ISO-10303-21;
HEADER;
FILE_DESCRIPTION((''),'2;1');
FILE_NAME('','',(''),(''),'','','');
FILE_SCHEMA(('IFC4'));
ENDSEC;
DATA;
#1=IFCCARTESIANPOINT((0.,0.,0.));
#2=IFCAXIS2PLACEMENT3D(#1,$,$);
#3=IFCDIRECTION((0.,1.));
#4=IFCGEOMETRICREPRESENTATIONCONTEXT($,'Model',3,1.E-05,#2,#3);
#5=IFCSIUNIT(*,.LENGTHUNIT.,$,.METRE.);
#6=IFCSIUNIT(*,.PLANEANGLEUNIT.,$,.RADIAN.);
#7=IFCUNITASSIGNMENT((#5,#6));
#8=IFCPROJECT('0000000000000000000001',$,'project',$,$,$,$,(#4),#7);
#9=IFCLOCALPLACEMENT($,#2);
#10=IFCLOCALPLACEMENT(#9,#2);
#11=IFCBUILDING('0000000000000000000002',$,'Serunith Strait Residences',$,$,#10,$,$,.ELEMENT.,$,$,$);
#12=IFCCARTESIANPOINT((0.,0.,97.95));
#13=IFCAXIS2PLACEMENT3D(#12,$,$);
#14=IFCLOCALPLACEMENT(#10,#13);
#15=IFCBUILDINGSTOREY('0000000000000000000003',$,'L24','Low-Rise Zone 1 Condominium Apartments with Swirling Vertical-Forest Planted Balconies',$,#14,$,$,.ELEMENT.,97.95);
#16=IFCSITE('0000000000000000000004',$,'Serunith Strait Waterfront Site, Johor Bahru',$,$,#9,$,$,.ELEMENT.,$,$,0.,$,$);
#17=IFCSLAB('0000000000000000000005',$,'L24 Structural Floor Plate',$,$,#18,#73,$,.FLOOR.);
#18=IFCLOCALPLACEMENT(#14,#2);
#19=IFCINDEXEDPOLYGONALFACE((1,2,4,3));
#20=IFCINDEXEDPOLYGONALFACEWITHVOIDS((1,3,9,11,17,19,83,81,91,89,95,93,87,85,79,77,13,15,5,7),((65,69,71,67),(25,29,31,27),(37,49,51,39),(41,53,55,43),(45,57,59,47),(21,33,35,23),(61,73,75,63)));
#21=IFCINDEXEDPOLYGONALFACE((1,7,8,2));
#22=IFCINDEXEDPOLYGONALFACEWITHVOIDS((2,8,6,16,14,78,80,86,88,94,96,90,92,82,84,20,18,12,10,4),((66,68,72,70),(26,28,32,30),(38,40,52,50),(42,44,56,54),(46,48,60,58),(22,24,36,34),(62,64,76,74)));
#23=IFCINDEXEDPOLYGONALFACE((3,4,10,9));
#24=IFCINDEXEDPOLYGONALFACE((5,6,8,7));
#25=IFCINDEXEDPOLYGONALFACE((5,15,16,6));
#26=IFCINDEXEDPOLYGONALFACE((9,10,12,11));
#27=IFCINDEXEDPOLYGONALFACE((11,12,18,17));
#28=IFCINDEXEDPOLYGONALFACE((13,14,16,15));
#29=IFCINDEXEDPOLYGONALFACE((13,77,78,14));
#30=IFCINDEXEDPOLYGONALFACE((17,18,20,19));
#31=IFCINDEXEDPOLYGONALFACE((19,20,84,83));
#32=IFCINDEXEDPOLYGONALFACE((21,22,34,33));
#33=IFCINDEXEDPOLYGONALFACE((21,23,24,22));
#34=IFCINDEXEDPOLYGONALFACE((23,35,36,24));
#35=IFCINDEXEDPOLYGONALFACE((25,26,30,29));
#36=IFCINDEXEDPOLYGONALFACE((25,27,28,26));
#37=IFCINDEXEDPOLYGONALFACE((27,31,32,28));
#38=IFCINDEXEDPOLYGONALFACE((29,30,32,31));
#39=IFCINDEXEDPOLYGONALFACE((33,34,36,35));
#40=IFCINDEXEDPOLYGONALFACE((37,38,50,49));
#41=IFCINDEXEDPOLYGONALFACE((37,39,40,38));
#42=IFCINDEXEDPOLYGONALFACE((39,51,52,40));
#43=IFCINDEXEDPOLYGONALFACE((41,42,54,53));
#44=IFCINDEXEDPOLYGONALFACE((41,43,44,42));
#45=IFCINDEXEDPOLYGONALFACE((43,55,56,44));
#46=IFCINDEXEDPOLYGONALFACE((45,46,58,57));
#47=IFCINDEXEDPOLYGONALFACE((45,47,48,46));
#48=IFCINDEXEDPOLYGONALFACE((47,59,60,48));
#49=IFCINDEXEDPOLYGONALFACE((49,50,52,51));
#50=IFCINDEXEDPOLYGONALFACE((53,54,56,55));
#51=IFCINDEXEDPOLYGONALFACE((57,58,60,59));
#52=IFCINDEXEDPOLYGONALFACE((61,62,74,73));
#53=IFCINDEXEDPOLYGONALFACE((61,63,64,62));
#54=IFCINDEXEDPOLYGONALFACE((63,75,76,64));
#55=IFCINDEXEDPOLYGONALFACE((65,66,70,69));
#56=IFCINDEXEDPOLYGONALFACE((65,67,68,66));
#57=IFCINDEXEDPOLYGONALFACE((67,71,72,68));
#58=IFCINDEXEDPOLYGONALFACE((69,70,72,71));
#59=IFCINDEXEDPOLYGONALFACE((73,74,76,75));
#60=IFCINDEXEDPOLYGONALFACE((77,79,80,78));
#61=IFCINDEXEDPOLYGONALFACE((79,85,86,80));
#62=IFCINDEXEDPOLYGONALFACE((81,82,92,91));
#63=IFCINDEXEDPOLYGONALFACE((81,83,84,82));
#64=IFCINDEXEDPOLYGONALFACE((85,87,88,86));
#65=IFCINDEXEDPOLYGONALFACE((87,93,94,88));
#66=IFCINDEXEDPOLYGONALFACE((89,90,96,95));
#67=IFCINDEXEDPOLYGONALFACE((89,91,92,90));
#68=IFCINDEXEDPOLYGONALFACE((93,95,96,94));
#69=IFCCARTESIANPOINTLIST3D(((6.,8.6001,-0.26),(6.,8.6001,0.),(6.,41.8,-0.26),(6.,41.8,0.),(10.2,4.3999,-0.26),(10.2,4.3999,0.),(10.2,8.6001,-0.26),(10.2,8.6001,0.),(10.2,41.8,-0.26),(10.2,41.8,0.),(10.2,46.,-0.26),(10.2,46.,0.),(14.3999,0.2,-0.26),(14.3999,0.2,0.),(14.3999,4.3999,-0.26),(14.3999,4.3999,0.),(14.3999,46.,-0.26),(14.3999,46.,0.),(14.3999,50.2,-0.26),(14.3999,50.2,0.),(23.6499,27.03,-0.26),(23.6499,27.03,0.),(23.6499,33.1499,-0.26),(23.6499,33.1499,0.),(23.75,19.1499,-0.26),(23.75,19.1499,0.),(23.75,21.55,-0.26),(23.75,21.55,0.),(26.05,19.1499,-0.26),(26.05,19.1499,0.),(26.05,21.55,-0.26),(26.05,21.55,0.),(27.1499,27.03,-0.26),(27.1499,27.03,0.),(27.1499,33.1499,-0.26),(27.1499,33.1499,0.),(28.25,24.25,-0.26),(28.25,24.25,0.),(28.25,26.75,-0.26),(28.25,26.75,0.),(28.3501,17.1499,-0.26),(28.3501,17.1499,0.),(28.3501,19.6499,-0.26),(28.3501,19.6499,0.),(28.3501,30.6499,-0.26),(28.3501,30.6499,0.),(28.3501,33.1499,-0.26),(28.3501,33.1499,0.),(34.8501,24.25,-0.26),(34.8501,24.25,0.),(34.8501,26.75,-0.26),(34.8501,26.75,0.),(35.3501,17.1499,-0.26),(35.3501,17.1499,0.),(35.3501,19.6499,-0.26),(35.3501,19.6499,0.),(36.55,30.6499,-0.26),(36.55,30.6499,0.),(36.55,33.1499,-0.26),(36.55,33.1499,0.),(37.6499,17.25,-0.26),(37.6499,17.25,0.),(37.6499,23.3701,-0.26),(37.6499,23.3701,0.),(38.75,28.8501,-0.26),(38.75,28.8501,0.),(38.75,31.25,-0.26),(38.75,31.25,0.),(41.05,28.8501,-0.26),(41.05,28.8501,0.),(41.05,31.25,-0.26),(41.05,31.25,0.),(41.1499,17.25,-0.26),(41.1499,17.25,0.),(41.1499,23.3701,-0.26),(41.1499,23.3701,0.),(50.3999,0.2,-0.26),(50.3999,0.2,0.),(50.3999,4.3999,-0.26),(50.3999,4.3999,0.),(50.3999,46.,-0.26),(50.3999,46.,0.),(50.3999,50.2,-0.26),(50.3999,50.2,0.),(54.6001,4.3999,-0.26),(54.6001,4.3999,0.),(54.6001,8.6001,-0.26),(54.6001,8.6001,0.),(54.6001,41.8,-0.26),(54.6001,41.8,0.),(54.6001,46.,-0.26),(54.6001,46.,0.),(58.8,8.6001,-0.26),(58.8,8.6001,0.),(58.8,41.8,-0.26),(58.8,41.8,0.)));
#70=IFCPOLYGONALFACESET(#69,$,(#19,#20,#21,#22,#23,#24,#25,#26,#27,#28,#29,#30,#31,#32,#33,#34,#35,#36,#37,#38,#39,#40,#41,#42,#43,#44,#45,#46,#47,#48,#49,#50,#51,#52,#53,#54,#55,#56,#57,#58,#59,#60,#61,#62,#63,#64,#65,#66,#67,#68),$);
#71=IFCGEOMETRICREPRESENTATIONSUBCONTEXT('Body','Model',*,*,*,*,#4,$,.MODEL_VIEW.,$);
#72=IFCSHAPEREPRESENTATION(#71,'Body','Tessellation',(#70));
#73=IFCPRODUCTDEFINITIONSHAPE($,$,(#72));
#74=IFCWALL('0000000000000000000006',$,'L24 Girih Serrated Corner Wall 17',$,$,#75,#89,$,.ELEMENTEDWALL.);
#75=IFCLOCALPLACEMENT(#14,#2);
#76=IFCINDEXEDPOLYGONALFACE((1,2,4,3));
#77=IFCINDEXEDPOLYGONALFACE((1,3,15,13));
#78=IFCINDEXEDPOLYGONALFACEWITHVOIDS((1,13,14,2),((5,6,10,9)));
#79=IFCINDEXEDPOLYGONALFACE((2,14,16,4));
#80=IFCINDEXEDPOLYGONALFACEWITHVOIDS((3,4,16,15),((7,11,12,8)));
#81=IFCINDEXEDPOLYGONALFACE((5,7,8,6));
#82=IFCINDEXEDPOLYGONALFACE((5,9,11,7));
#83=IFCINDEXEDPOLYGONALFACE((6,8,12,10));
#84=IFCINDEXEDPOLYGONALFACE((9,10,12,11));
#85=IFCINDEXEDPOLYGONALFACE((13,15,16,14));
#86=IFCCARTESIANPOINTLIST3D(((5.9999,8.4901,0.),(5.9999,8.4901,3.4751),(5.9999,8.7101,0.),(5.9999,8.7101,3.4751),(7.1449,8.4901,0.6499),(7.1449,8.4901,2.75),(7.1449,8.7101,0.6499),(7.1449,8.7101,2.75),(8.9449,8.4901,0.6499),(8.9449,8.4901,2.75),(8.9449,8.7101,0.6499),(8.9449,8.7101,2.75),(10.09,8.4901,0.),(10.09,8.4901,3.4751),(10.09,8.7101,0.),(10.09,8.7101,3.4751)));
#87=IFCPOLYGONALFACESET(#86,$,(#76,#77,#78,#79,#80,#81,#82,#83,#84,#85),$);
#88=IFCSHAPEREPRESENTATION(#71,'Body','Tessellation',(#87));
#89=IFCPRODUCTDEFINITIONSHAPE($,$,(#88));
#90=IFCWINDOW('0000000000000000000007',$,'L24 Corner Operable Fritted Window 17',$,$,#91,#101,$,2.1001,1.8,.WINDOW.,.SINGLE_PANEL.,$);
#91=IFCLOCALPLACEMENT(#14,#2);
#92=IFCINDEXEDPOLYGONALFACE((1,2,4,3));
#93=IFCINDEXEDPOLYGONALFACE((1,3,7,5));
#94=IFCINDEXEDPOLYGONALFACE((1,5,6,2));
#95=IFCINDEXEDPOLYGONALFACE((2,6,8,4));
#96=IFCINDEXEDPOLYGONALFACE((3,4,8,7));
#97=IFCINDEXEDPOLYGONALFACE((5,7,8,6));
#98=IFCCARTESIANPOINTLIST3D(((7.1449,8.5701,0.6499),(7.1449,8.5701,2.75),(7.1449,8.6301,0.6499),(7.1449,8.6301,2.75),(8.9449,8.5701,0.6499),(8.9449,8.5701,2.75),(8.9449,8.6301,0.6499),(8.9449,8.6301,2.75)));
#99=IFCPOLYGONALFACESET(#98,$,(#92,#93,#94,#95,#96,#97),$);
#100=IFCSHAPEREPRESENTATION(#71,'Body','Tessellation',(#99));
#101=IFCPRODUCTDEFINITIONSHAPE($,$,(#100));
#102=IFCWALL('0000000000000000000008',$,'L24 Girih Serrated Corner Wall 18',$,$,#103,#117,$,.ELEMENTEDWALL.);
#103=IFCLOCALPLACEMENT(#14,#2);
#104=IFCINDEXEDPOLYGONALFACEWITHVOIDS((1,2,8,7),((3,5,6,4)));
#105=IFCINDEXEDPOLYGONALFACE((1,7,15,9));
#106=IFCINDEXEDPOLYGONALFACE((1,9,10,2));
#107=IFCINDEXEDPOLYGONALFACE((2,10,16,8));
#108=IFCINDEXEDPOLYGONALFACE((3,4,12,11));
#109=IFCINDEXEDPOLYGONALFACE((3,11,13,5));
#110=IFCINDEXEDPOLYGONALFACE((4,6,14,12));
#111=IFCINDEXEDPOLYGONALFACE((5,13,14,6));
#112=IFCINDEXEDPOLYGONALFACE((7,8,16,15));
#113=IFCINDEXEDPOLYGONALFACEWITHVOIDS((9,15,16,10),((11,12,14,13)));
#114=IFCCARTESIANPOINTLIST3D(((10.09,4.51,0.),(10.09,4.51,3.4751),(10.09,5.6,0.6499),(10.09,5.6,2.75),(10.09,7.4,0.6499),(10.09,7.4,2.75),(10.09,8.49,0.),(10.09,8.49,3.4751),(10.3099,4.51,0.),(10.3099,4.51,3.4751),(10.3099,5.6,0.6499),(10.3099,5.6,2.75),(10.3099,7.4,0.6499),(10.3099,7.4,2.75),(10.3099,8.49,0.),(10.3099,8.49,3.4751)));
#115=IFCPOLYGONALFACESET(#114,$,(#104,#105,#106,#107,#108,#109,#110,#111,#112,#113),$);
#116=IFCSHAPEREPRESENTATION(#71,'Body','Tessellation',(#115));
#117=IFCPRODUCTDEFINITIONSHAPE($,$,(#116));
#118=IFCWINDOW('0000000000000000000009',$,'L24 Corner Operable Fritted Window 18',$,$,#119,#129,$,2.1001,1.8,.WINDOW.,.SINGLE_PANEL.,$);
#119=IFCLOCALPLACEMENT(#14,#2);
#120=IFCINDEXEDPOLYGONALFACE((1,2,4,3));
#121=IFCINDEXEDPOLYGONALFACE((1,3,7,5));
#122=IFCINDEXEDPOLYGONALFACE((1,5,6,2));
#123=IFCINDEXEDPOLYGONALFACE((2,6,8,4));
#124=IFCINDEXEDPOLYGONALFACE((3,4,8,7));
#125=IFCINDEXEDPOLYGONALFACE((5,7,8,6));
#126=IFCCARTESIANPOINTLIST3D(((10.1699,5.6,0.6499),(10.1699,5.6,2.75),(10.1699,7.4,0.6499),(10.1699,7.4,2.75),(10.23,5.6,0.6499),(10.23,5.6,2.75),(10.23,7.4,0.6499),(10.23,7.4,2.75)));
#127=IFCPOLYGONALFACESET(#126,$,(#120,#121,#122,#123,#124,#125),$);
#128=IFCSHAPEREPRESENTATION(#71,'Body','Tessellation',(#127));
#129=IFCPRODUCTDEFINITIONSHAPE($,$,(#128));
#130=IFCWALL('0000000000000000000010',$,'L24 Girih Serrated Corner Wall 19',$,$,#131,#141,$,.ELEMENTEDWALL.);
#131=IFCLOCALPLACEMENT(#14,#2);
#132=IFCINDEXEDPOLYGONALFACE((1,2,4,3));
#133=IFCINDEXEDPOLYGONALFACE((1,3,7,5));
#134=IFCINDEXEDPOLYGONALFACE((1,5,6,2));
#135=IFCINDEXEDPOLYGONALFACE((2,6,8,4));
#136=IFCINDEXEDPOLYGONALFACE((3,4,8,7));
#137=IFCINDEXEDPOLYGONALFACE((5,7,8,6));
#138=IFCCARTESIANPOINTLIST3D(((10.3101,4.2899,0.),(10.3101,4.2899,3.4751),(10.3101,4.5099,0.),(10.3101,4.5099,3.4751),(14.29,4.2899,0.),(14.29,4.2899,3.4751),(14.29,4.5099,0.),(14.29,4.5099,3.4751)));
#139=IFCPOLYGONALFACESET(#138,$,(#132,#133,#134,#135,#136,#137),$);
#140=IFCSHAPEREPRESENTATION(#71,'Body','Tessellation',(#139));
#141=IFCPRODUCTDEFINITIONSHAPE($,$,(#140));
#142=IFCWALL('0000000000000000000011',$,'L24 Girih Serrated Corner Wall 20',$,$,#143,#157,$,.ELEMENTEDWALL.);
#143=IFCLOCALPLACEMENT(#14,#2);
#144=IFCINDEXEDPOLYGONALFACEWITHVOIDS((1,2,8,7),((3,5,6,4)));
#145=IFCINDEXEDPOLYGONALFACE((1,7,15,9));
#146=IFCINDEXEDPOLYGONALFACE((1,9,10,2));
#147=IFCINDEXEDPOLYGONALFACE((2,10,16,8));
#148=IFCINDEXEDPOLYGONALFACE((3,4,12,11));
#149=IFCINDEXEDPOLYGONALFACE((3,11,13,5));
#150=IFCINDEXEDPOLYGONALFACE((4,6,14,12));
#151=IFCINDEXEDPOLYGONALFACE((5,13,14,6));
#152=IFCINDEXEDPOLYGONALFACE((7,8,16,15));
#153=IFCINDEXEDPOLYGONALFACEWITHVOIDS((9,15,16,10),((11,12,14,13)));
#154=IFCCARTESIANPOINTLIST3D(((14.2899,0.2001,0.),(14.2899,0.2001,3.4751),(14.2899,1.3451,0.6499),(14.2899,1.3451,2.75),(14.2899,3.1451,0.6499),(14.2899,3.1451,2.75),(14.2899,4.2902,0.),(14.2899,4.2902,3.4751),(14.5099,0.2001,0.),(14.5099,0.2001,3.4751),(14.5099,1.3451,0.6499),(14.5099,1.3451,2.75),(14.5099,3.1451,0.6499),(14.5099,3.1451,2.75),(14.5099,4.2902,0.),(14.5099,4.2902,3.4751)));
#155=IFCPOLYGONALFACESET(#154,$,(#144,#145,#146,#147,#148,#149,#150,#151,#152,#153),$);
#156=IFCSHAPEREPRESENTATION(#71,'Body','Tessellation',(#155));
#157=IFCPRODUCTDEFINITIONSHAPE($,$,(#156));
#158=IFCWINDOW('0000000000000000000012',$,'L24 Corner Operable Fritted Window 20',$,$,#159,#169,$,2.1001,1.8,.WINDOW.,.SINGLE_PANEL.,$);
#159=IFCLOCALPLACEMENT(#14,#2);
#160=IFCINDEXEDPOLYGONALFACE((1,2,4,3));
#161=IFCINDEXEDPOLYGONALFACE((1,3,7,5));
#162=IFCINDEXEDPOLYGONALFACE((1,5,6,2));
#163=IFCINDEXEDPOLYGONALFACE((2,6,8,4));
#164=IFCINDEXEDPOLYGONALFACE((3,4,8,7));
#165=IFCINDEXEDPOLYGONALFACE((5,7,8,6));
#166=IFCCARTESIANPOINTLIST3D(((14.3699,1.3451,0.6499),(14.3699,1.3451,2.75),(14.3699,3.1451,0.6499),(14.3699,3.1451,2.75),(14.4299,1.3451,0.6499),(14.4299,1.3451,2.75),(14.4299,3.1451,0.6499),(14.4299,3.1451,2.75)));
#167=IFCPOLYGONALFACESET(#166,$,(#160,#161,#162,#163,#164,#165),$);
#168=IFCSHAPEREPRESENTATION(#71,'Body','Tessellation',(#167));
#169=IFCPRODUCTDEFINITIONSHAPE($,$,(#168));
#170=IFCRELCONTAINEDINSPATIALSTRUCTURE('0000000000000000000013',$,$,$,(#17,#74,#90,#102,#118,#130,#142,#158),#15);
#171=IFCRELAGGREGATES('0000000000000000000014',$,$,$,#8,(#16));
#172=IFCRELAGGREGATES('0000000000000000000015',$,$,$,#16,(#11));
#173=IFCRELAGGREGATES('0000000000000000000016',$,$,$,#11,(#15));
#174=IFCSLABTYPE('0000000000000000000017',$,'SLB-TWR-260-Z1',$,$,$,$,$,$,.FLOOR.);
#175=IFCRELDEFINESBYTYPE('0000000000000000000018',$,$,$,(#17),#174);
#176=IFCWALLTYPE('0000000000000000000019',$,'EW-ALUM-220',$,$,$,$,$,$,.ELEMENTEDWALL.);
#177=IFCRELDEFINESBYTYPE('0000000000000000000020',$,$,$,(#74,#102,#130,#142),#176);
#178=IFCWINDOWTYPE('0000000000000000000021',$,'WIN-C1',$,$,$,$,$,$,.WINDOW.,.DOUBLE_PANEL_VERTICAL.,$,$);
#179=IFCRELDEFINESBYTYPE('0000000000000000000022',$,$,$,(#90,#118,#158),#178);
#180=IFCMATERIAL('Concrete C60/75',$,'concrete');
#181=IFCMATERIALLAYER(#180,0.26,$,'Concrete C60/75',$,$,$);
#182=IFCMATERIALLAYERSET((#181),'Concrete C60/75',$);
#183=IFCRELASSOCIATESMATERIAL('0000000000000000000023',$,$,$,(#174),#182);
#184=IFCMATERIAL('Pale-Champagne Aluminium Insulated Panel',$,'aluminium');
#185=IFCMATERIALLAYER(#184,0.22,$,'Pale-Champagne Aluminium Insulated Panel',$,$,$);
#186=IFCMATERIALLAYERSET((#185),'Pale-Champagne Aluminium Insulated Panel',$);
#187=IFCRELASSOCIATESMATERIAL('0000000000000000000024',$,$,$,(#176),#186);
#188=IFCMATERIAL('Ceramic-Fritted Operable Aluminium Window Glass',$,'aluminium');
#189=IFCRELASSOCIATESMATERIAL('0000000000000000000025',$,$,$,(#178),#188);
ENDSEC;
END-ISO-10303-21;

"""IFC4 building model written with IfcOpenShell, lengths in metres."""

from ifc_helpers import new_model, si_unit, direction, frame, frame_2d, origin, place, context, subcontext, project, spatial, polyline, rectangle, outline, extrude, source, transform, mapped, material, layer, layer_set, type_object, element, fill, save


model = new_model("IFC4")

# Units and contexts
model_context = context("Model", 3, precision=1e-05, world=origin(), true_north=direction((0.0, 1.0)))
body_context = subcontext(model_context, "Body", "Model", "MODEL_VIEW")
ifc_project = project(units=[si_unit("LENGTHUNIT", "METRE"), si_unit("PLANEANGLEUNIT", "RADIAN")], contexts=[model_context])

# Site, building, storey
site_placement = place(None, origin())
site = spatial("IfcSite", under=ifc_project, at=site_placement, Name="Serunith Strait Waterfront Site, Johor Bahru", CompositionType="ELEMENT", RefElevation=0.0)
building_placement = place(site_placement, origin())
building = spatial("IfcBuilding", under=site, at=building_placement, Name="Serunith Strait Residences", CompositionType="ELEMENT")
storey_placement = place(building_placement, frame((0.0, 0.0, 97.95)))
storey = spatial("IfcBuildingStorey", under=building, at=storey_placement, Name="L24", Description="Low-Rise Zone 1 Condominium Apartments with Swirling Vertical-Forest Planted Balconies", CompositionType="ELEMENT", Elevation=97.95)

# Slab
ifc_material_1 = material(Name="Concrete C60/75", Category="concrete")
ifc_layer_1 = layer(ifc_material_1, 0.26, Name="Concrete C60/75")
ifc_layer_set_1 = layer_set([ifc_layer_1], Name="Concrete C60/75")
slab_type_1 = type_object("IfcSlabType", Name="SLB-TWR-260-Z1", PredefinedType="FLOOR", material=ifc_layer_set_1)
slab_1_placement = place(storey_placement, frame((0.0, 0.0, -0.26)))
element("IfcSlab", 1, at=slab_1_placement, inside=storey, type_object=slab_type_1, Name="L24 Structural Floor Plate", PredefinedType="FLOOR", context=body_context, shape_type="SweptSolid", body=[
    extrude(outline(polyline([(14.3999, 4.3999), (10.2, 4.3999), (10.2, 8.6001), (6.0, 8.6001), (6.0, 41.8), (10.2, 41.8), (10.2, 46.0), (14.3999, 46.0), (14.3999, 50.2), (50.3999, 50.2), (50.3999, 46.0), (54.6001, 46.0), (54.6001, 41.8), (58.8, 41.8), (58.8, 8.6001), (54.6001, 8.6001), (54.6001, 4.3999), (50.3999, 4.3999), (50.3999, 0.2), (14.3999, 0.2), (14.3999, 4.3999)]), holes=[polyline([(41.1499, 17.25), (41.1499, 23.3701), (37.6499, 23.3701), (37.6499, 17.25), (41.1499, 17.25)]), polyline([(41.05, 31.25), (38.75, 31.25), (38.75, 28.8501), (41.05, 28.8501), (41.05, 31.25)]), polyline([(36.55, 33.1499), (28.3501, 33.1499), (28.3501, 30.6499), (36.55, 30.6499), (36.55, 33.1499)]), polyline([(28.3501, 19.6499), (28.3501, 17.1499), (35.3501, 17.1499), (35.3501, 19.6499), (28.3501, 19.6499)]), polyline([(34.8501, 26.75), (28.25, 26.75), (28.25, 24.25), (34.8501, 24.25), (34.8501, 26.75)]), polyline([(23.6499, 33.1499), (23.6499, 27.03), (27.1499, 27.03), (27.1499, 33.1499), (23.6499, 33.1499)]), polyline([(26.05, 21.55), (23.75, 21.55), (23.75, 19.1499), (26.05, 19.1499), (26.05, 21.55)])]), origin(), (0.0, 0.0, 1.0), 0.26),
])

# Walls, openings, windows
ifc_material_2 = material(Name="Pale-Champagne Aluminium Insulated Panel", Category="aluminium")
ifc_layer_2 = layer(ifc_material_2, 0.22, Name="Pale-Champagne Aluminium Insulated Panel")
ifc_layer_set_2 = layer_set([ifc_layer_2], Name="Pale-Champagne Aluminium Insulated Panel")
wall_type_1 = type_object("IfcWallType", Name="EW-ALUM-220", PredefinedType="ELEMENTEDWALL", material=ifc_layer_set_2)
wall_1_placement = place(storey_placement, frame((6.0, 8.6001, 0.0), z_axis=(0.0, 0.0, 1.0), x_axis=(1.0, 0.0, 0.0)))
wall_1 = element("IfcWall", 2, at=wall_1_placement, inside=storey, type_object=wall_type_1, Name="L24 Girih Serrated Corner Wall 17", PredefinedType="ELEMENTEDWALL", context=body_context, shape_type="SweptSolid", body=[
    extrude(rectangle(XDim=4.0901, YDim=0.22, at=frame_2d((2.0449, 0.0))), origin(), (0.0, 0.0, 1.0), 3.4751),
])
opening_1_placement = place(wall_1_placement, frame((1.145, 0.0, 0.6499)))
opening_1 = element("IfcOpeningElement", 3, at=opening_1_placement, cuts=wall_1, PredefinedType="OPENING", context=body_context, shape_type="SweptSolid", body=[
    extrude(rectangle(XDim=1.8, YDim=2.1001, at=frame_2d((0.8999, 1.05))), frame((0.0, 0.1201, 0.0), z_axis=(0.0, -1.0, 0.0), x_axis=(1.0, 0.0, 0.0)), (0.0, 0.0, 1.0), 0.24),
])
ifc_material_3 = material(Name="Ceramic-Fritted Operable Aluminium Window Glass", Category="aluminium")
window_type = type_object("IfcWindowType", Name="WIN-C1", PartitioningType="DOUBLE_PANEL_VERTICAL", PredefinedType="WINDOW", material=ifc_material_3)
shared_shape_1 = source(origin(), body_context, "Body", "SweptSolid", [
    extrude(rectangle(XDim=1.8, YDim=2.1001, at=frame_2d((0.8999, 1.05))), frame((0.0, 0.03, 0.0), z_axis=(0.0, -1.0, 0.0), x_axis=(1.0, 0.0, 0.0)), (0.0, 0.0, 1.0), 0.0601),
])
window_1_placement = place(opening_1_placement, origin())
window_1 = element("IfcWindow", 4, at=window_1_placement, inside=storey, type_object=window_type, Name="L24 Corner Operable Fritted Window 17", OverallHeight=2.1001, OverallWidth=1.8, PartitioningType="SINGLE_PANEL", PredefinedType="WINDOW", context=body_context, shape_type="MappedRepresentation", body=[
    mapped(shared_shape_1, transform((0.0, 0.0, 0.0), scale=1.0)),
])
fill(opening_1, window_1)
wall_2_placement = place(storey_placement, frame((10.2, 8.49, 0.0), z_axis=(0.0, 0.0, 1.0), x_axis=(0.0, -1.0, 0.0)))
wall_2 = element("IfcWall", 5, at=wall_2_placement, inside=storey, type_object=wall_type_1, Name="L24 Girih Serrated Corner Wall 18", PredefinedType="ELEMENTEDWALL", context=body_context, shape_type="SweptSolid", body=[
    extrude(rectangle(XDim=3.98, YDim=0.22, at=frame_2d((1.99, 0.0))), origin(), (0.0, 0.0, 1.0), 3.4751),
])
opening_2_placement = place(wall_2_placement, frame((1.0901, 0.0, 0.6499)))
opening_2 = element("IfcOpeningElement", 6, at=opening_2_placement, cuts=wall_2, PredefinedType="OPENING", context=body_context, shape_type="SweptSolid", body=[
    extrude(rectangle(XDim=1.8, YDim=2.1001, at=frame_2d((0.8999, 1.05))), frame((0.0, 0.1201, 0.0), z_axis=(0.0, -1.0, 0.0), x_axis=(1.0, 0.0, 0.0)), (0.0, 0.0, 1.0), 0.24),
])
window_2_placement = place(opening_2_placement, origin())
window_2 = element("IfcWindow", 7, at=window_2_placement, inside=storey, type_object=window_type, Name="L24 Corner Operable Fritted Window 18", OverallHeight=2.1001, OverallWidth=1.8, PartitioningType="SINGLE_PANEL", PredefinedType="WINDOW", context=body_context, shape_type="MappedRepresentation", body=[
    mapped(shared_shape_1, transform((0.0, 0.0, 0.0), scale=1.0)),
])
fill(opening_2, window_2)

# Wall
wall_3_placement = place(storey_placement, frame((10.3101, 4.3999, 0.0), z_axis=(0.0, 0.0, 1.0), x_axis=(1.0, 0.0, 0.0)))
element("IfcWall", 8, at=wall_3_placement, inside=storey, type_object=wall_type_1, Name="L24 Girih Serrated Corner Wall 19", PredefinedType="ELEMENTEDWALL", context=body_context, shape_type="SweptSolid", body=[
    extrude(rectangle(XDim=3.98, YDim=0.22, at=frame_2d((1.99, 0.0))), origin(), (0.0, 0.0, 1.0), 3.4751),
])

# Wall, opening, window
wall_4_placement = place(storey_placement, frame((14.3999, 4.29, 0.0), z_axis=(0.0, 0.0, 1.0), x_axis=(0.0, -1.0, 0.0)))
wall_4 = element("IfcWall", 9, at=wall_4_placement, inside=storey, type_object=wall_type_1, Name="L24 Girih Serrated Corner Wall 20", PredefinedType="ELEMENTEDWALL", context=body_context, shape_type="SweptSolid", body=[
    extrude(rectangle(XDim=4.0901, YDim=0.22, at=frame_2d((2.0449, 0.0))), origin(), (0.0, 0.0, 1.0), 3.4751),
])
opening_3_placement = place(wall_4_placement, frame((1.145, 0.0, 0.6499)))
opening_3 = element("IfcOpeningElement", 10, at=opening_3_placement, cuts=wall_4, PredefinedType="OPENING", context=body_context, shape_type="SweptSolid", body=[
    extrude(rectangle(XDim=1.8, YDim=2.1001, at=frame_2d((0.8999, 1.05))), frame((0.0, 0.1201, 0.0), z_axis=(0.0, -1.0, 0.0), x_axis=(1.0, 0.0, 0.0)), (0.0, 0.0, 1.0), 0.24),
])
window_3_placement = place(opening_3_placement, origin())
window_3 = element("IfcWindow", 11, at=window_3_placement, inside=storey, type_object=window_type, Name="L24 Corner Operable Fritted Window 20", OverallHeight=2.1001, OverallWidth=1.8, PartitioningType="SINGLE_PANEL", PredefinedType="WINDOW", context=body_context, shape_type="MappedRepresentation", body=[
    mapped(shared_shape_1, transform((0.0, 0.0, 0.0), scale=1.0)),
])
fill(opening_3, window_3)

save(model, "model.ifc")
